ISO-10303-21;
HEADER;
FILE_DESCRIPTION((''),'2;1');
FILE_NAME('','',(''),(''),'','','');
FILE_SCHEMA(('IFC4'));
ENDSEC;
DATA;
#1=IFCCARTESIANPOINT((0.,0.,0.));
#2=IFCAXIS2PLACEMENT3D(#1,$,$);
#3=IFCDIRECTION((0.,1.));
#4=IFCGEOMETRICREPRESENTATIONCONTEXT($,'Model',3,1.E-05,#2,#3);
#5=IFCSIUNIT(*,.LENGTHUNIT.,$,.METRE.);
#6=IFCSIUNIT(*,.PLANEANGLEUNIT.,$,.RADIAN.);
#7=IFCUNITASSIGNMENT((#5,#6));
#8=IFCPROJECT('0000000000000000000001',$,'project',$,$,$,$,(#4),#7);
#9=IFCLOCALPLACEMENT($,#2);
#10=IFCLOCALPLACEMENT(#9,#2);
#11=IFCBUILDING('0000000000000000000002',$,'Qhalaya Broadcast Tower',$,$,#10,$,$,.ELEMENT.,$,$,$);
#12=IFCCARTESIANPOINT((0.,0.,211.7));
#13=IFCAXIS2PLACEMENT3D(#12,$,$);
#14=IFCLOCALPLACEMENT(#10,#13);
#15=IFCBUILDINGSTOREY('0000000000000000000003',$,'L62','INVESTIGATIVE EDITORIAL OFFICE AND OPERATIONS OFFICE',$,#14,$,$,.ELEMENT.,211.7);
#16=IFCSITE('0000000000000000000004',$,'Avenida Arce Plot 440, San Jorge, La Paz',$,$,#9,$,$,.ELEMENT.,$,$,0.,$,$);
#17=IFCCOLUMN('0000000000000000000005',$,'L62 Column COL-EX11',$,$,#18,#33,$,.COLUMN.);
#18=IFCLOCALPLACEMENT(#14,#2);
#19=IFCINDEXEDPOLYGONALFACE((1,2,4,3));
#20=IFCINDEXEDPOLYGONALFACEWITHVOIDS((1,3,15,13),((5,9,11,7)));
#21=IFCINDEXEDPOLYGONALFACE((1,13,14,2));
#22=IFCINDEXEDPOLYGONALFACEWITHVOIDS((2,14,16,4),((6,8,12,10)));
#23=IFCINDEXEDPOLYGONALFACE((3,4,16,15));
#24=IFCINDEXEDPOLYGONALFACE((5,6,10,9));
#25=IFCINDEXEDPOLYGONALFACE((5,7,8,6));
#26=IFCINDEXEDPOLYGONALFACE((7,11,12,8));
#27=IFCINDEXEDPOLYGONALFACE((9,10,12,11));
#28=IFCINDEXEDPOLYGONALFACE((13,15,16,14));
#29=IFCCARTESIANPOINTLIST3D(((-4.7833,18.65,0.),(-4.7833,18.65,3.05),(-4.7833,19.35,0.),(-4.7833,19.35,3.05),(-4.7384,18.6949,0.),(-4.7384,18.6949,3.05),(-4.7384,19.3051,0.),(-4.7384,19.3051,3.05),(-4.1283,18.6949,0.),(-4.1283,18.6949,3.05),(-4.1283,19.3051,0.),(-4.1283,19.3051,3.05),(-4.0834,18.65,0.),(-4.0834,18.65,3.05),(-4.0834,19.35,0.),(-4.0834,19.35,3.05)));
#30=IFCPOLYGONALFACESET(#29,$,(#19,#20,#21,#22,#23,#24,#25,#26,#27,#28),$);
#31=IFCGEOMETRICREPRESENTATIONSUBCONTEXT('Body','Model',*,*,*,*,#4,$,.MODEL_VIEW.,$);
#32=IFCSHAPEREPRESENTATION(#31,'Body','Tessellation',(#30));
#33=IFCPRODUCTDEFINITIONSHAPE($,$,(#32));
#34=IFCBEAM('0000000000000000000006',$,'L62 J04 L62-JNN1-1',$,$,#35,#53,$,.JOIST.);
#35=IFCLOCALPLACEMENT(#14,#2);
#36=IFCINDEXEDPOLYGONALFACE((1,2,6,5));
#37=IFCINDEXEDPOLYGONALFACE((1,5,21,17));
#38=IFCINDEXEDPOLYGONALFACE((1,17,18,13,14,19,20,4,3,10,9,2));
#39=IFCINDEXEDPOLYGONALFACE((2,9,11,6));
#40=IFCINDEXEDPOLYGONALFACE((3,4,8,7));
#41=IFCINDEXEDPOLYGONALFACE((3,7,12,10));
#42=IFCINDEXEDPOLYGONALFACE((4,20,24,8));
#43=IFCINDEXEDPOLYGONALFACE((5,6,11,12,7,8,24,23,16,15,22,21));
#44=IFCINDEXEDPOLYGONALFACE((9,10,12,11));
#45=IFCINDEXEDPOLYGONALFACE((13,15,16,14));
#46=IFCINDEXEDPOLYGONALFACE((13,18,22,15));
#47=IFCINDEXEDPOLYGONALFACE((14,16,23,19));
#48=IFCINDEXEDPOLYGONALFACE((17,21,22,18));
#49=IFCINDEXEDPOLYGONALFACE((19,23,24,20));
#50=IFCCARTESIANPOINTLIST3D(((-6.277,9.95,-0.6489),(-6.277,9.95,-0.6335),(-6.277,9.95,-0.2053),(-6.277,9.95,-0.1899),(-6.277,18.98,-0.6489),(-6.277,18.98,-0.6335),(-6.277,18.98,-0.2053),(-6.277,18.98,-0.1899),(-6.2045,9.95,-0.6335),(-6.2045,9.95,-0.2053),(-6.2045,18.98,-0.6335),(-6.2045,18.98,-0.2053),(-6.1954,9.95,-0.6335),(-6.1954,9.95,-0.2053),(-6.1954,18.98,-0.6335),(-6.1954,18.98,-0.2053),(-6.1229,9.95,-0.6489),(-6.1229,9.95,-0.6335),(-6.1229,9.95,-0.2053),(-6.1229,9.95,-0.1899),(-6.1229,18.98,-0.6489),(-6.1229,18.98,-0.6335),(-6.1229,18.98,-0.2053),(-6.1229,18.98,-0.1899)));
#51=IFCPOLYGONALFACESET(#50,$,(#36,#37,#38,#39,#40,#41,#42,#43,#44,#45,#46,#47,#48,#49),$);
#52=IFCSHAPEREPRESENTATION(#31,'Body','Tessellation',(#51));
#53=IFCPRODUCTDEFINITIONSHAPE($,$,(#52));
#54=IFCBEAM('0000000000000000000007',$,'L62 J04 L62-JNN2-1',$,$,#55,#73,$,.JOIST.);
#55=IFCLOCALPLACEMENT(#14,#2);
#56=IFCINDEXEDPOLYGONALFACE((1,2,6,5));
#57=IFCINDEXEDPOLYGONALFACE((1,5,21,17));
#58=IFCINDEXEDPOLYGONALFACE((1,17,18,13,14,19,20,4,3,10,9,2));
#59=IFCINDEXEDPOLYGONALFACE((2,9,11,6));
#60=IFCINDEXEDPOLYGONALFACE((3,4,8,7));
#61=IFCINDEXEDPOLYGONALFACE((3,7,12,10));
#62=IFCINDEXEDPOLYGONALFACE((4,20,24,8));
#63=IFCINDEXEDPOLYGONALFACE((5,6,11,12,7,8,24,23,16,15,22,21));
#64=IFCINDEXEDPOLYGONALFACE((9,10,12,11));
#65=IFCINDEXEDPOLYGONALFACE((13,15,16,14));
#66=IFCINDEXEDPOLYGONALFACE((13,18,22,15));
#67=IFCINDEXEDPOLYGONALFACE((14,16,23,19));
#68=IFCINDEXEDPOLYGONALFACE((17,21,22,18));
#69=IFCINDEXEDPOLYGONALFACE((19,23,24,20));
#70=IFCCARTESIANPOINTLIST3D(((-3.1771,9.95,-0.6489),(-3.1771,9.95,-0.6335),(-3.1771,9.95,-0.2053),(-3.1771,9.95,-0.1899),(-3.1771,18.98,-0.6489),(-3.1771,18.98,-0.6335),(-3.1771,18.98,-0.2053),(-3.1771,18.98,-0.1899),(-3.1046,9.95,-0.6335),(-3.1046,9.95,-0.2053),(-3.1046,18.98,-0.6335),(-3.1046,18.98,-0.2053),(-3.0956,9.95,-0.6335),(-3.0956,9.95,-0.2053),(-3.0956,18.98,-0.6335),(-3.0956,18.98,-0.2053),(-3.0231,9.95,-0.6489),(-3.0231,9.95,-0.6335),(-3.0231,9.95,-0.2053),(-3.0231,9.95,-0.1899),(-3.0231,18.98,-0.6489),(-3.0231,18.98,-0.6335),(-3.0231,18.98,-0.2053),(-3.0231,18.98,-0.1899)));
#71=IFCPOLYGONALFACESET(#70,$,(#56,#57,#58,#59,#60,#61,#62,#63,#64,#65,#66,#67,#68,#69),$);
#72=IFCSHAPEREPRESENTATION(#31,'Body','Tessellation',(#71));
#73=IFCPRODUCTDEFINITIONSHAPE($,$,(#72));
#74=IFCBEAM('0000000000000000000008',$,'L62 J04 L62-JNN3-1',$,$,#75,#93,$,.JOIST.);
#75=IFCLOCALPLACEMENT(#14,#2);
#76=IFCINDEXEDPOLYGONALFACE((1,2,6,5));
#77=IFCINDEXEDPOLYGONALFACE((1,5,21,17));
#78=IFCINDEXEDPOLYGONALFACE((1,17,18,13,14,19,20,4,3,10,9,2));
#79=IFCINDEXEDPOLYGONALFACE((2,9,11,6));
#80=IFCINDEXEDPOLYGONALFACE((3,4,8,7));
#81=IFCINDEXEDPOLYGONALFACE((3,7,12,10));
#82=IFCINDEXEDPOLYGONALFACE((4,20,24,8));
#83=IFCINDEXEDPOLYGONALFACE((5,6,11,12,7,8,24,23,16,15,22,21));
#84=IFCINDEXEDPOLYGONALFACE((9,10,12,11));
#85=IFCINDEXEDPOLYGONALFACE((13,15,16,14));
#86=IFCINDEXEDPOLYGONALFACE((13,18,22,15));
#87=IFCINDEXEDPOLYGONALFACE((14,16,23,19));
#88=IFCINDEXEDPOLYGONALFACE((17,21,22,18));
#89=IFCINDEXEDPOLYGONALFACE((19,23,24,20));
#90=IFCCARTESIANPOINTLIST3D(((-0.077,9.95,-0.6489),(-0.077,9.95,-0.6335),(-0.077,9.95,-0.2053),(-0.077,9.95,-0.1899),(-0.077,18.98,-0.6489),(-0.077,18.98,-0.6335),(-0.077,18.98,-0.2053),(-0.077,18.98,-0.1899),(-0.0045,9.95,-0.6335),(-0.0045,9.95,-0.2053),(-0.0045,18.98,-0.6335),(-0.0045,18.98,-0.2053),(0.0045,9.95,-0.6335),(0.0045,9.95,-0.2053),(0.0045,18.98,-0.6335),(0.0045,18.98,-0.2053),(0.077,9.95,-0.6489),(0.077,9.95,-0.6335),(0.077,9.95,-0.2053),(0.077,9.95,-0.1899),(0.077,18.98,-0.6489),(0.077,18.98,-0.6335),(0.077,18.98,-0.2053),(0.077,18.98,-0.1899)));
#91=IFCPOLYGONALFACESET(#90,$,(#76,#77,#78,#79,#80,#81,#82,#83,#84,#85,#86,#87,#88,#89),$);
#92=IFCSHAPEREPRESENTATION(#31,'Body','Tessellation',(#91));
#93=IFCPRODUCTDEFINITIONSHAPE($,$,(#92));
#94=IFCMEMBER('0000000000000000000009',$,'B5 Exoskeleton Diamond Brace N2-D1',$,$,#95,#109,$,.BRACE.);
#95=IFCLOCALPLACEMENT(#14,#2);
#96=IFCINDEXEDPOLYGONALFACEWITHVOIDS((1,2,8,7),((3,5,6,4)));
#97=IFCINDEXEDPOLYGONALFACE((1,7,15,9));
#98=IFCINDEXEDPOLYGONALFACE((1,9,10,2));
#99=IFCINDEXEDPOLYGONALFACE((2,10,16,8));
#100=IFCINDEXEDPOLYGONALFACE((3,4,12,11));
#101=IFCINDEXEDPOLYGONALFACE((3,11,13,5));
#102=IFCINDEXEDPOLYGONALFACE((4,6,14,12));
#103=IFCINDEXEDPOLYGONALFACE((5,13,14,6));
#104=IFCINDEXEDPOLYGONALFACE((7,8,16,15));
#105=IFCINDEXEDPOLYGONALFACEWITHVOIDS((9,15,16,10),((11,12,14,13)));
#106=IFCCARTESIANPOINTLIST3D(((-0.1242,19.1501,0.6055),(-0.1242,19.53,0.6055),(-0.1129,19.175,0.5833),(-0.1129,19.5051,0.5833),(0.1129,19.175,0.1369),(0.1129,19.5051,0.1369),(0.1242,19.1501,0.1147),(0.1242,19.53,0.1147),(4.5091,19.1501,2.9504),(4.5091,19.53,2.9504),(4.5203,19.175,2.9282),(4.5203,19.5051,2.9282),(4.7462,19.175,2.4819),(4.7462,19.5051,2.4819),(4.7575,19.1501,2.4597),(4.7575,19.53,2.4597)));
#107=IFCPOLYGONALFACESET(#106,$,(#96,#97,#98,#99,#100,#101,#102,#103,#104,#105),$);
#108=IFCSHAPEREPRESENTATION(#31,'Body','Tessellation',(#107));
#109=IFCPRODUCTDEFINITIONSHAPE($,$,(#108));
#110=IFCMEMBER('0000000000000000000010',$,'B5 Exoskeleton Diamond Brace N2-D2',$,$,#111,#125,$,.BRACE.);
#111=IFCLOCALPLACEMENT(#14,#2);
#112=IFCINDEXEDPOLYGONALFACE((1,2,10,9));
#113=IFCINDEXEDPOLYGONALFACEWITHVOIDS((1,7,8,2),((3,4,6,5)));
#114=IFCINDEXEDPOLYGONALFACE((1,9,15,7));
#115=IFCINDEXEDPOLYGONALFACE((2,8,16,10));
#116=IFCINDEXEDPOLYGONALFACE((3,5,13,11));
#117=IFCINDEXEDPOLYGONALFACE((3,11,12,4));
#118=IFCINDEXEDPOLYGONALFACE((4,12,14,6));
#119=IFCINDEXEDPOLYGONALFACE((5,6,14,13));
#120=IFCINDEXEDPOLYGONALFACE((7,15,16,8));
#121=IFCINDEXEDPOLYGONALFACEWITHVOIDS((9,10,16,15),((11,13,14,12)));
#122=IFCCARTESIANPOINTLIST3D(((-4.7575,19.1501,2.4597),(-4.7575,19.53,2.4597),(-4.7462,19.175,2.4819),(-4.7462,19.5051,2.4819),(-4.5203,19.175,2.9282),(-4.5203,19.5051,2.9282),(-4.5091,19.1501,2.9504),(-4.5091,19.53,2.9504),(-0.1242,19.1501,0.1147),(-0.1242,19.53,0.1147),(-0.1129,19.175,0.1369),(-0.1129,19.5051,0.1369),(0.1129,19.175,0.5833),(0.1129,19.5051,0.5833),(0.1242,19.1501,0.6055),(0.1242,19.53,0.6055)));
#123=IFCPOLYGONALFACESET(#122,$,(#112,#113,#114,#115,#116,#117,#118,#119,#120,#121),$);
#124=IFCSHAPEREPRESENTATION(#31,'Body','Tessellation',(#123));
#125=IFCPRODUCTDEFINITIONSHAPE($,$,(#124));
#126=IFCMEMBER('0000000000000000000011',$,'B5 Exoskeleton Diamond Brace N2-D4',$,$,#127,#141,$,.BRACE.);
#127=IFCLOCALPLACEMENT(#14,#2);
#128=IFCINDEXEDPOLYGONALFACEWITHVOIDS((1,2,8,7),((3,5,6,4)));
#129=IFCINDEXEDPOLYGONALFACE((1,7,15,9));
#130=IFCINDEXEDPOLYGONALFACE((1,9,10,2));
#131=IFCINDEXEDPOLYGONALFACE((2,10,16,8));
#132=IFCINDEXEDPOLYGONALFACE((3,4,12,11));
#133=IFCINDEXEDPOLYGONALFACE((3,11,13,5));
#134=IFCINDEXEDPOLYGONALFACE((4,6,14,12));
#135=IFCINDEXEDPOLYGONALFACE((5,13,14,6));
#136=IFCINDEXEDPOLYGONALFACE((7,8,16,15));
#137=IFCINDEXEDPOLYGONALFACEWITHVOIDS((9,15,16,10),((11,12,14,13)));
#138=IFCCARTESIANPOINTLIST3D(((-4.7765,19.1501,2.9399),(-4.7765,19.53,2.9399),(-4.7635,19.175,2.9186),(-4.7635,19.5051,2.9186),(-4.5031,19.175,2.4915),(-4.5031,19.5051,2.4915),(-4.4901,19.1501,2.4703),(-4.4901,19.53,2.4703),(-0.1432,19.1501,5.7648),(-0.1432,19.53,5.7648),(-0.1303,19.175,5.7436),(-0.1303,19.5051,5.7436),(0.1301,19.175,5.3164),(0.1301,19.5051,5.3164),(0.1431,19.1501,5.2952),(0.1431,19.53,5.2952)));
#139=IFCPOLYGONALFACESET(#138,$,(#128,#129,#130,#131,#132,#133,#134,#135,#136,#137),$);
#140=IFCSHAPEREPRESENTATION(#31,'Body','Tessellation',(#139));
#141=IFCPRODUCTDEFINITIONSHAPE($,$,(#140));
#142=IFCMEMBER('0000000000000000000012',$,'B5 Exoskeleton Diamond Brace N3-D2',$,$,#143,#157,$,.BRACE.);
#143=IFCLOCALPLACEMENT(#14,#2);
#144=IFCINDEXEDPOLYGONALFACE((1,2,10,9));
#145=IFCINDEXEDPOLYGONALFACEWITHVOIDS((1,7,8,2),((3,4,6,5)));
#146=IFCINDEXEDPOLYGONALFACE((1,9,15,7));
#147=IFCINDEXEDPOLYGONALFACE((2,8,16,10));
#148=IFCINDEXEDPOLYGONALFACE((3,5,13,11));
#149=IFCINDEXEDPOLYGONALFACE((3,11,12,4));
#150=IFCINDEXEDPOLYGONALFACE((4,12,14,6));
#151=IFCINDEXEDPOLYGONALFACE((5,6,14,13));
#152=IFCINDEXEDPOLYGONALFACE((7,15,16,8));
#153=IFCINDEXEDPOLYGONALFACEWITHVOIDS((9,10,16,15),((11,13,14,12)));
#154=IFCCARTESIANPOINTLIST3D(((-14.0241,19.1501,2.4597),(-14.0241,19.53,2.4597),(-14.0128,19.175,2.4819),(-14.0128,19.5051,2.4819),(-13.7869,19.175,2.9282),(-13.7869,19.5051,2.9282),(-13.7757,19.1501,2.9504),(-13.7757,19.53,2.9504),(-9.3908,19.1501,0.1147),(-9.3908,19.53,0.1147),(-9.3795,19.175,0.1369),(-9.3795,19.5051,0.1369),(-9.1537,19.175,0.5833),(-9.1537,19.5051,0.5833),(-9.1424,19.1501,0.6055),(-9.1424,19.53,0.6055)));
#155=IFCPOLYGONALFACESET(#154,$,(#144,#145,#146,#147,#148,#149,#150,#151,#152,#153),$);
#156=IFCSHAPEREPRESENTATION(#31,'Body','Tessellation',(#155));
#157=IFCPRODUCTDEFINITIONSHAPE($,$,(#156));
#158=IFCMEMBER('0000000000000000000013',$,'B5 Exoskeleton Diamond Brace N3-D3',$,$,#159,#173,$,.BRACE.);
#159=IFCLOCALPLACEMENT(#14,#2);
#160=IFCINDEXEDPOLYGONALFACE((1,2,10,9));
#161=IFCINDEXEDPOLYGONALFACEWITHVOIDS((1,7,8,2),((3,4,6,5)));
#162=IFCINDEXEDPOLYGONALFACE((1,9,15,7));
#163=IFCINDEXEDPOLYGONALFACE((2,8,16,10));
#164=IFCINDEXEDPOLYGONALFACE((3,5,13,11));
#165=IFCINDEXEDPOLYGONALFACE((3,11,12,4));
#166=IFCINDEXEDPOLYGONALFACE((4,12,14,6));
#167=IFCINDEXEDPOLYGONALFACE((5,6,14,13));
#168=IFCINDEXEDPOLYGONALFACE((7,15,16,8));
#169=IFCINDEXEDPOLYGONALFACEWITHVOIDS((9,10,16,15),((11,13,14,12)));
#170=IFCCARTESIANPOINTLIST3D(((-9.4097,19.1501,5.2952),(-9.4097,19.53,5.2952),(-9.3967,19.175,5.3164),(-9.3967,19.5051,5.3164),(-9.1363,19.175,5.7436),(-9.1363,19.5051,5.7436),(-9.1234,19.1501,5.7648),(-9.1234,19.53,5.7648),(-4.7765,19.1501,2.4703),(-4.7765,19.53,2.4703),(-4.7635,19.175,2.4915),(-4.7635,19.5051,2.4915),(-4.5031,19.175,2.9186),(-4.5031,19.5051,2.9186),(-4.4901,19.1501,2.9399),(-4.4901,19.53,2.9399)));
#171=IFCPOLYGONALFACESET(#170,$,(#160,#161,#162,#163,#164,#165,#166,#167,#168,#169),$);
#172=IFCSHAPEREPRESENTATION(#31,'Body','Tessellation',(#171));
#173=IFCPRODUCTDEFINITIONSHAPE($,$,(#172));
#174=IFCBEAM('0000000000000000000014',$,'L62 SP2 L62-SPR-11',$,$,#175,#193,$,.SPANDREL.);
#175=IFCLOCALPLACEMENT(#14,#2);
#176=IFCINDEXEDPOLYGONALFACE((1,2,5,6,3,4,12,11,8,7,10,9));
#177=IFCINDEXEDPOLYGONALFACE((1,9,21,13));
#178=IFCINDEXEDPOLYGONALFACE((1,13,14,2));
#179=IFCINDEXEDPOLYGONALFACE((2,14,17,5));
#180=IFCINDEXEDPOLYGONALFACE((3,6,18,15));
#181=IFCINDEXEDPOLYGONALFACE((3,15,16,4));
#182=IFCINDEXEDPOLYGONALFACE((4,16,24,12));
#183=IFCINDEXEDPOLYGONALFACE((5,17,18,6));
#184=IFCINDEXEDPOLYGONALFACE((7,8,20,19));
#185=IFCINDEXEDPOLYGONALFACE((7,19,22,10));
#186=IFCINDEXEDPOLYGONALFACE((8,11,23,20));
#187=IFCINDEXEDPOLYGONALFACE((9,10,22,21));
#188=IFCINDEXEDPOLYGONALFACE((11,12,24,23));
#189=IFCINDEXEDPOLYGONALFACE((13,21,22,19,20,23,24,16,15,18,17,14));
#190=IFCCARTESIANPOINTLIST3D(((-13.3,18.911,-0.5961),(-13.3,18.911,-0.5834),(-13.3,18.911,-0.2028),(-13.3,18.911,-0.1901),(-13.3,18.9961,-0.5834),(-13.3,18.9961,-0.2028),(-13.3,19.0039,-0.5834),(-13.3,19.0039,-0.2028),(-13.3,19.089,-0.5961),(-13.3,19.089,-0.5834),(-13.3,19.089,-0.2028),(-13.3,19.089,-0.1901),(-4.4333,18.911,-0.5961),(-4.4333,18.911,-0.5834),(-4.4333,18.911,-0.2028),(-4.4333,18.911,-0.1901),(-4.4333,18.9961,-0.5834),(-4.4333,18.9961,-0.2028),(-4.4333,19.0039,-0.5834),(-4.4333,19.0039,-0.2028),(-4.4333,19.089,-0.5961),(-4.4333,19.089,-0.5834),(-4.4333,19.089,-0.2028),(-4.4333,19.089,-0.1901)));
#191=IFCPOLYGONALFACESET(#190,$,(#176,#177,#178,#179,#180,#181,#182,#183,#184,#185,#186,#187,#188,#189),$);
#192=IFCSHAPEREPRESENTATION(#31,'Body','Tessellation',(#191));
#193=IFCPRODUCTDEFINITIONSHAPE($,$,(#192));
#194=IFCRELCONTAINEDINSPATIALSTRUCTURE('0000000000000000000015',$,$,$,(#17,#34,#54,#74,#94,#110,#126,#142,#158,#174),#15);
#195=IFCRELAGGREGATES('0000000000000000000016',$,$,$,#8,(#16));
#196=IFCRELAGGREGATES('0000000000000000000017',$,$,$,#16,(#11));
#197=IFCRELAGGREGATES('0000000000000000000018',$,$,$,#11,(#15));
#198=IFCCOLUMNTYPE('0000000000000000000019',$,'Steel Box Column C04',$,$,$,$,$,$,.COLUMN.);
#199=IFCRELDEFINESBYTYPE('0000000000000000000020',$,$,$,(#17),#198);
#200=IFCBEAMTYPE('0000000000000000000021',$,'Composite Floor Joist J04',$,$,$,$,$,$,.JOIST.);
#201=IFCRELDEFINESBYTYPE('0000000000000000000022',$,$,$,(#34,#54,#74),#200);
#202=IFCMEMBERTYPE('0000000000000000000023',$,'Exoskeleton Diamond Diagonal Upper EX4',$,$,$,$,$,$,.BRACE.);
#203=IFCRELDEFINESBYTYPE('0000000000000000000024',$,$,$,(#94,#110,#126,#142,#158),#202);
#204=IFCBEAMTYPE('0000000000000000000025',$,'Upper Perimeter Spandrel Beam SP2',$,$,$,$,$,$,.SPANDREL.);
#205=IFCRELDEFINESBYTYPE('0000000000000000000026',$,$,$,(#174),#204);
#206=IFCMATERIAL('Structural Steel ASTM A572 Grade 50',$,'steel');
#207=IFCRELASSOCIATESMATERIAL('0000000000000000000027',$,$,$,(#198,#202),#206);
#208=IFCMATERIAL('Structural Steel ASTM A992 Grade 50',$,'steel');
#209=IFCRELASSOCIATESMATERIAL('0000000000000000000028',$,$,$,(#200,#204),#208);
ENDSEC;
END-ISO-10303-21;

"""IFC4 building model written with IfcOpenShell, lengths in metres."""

from ifc_helpers import new_model, si_unit, direction, frame, origin, origin_2d, place, context, subcontext, project, spatial, hollow_rectangle, i_section, extrude, material, material_profile, profile_set, type_object, element, save


model = new_model("IFC4")

# Units and contexts
model_context = context("Model", 3, precision=1e-05, world=origin(), true_north=direction((0.0, 1.0)))
body_context = subcontext(model_context, "Body", "Model", "MODEL_VIEW")
ifc_project = project(units=[si_unit("LENGTHUNIT", "METRE"), si_unit("PLANEANGLEUNIT", "RADIAN")], contexts=[model_context])

# Site, building, storey
site_placement = place(None, origin())
site = spatial("IfcSite", under=ifc_project, at=site_placement, Name="Avenida Arce Plot 440, San Jorge, La Paz", CompositionType="ELEMENT", RefElevation=0.0)
building_placement = place(site_placement, origin())
building = spatial("IfcBuilding", under=site, at=building_placement, Name="Qhalaya Broadcast Tower", CompositionType="ELEMENT")
storey_placement = place(building_placement, frame((0.0, 0.0, 211.7)))
storey = spatial("IfcBuildingStorey", under=building, at=storey_placement, Name="L62", Description="INVESTIGATIVE EDITORIAL OFFICE AND OPERATIONS OFFICE", CompositionType="ELEMENT", Elevation=211.7)

# Column
ifc_material_1 = material(Name="Structural Steel ASTM A572 Grade 50", Category="steel")
ifc_material_profile_1 = material_profile(ifc_material_1, hollow_rectangle(XDim=0.7, YDim=0.7, WallThickness=0.0449, at=origin_2d()), Name="BOX 700x700x45")
ifc_profile_set_1 = profile_set([ifc_material_profile_1], Name="Structural Steel ASTM A572 Grade 50")
column_type = type_object("IfcColumnType", Name="Steel Box Column C04", PredefinedType="COLUMN", material=ifc_profile_set_1)
column_placement = place(storey_placement, frame((-4.4333, 19.0, 0.0), z_axis=(0.0, 0.0, 1.0), x_axis=(1.0, 0.0, 0.0)))
element("IfcColumn", 1, at=column_placement, inside=storey, type_object=column_type, Name="L62 Column COL-EX11", PredefinedType="COLUMN", context=body_context, shape_type="SweptSolid", body=[
    extrude(hollow_rectangle(XDim=0.7, YDim=0.7, WallThickness=0.0449, at=origin_2d()), origin(), (0.0, 0.0, 1.0), 3.05),
])

# Beams
ifc_material_2 = material(Name="Structural Steel ASTM A992 Grade 50", Category="steel")
ifc_material_profile_2 = material_profile(ifc_material_2, i_section(OverallWidth=0.1541, OverallDepth=0.459, WebThickness=0.009, FlangeThickness=0.0154, at=origin_2d()), Name="W18X46")
ifc_profile_set_2 = profile_set([ifc_material_profile_2], Name="Structural Steel ASTM A992 Grade 50")
beam_type_1 = type_object("IfcBeamType", Name="Composite Floor Joist J04", PredefinedType="JOIST", material=ifc_profile_set_2)
for number, where, z_axis, x_axis, name in (
    (2, (-6.2, 9.95, -0.4194), (0.0, 1.0, 0.0), (-1.0, 0.0, 0.0), "L62 J04 L62-JNN1-1"),
    (3, (-3.1001, 9.95, -0.4194), (0.0, 1.0, 0.0), (-1.0, 0.0, 0.0), "L62 J04 L62-JNN2-1"),
    (4, (0.0, 9.95, -0.4194), (0.0, 1.0, 0.0), (-1.0, 0.0, 0.0), "L62 J04 L62-JNN3-1"),
):
    element("IfcBeam", number, at=place(storey_placement, frame(where, z_axis=z_axis, x_axis=x_axis)), inside=storey, type_object=beam_type_1, Name=name, PredefinedType="JOIST", context=body_context, shape_type="SweptSolid", body=[
        extrude(i_section(OverallWidth=0.1541, OverallDepth=0.459, WebThickness=0.009, FlangeThickness=0.0154, at=origin_2d()), origin(), (0.0, 0.0, 1.0), 9.03),
    ])

# Members
ifc_material_profile_3 = material_profile(ifc_material_1, hollow_rectangle(XDim=0.3799, YDim=0.55, WallThickness=0.0249, at=origin_2d()), Name="BOX 380x550x25")
ifc_profile_set_3 = profile_set([ifc_material_profile_3], Name="Structural Steel ASTM A572 Grade 50")
member_type = type_object("IfcMemberType", Name="Exoskeleton Diamond Diagonal Upper EX4", PredefinedType="BRACE", material=ifc_profile_set_3)
for number, where, z_axis, x_axis, name in (
    (5, (0.0, 19.3401, 0.3601), (0.892235, 0.0, 0.451571), (0.0, 1.0, 0.0), "B5 Exoskeleton Diamond Brace N2-D1"),
    (6, (0.0, 19.3401, 0.3601), (-0.892235, 0.0, 0.451571), (0.0, -1.0, 0.0), "B5 Exoskeleton Diamond Brace N2-D2"),
):
    element("IfcMember", number, at=place(storey_placement, frame(where, z_axis=z_axis, x_axis=x_axis)), inside=storey, type_object=member_type, Name=name, PredefinedType="BRACE", context=body_context, shape_type="SweptSolid", body=[
        extrude(hollow_rectangle(XDim=0.3799, YDim=0.55, WallThickness=0.0249, at=origin_2d()), origin(), (0.0, 0.0, 1.0), 5.1929),
    ])
member_1_placement = place(storey_placement, frame((-4.6333, 19.3401, 2.7051), z_axis=(0.853815, 0.0, 0.520576), x_axis=(0.0, 1.0, 0.0)))
element("IfcMember", 7, at=member_1_placement, inside=storey, type_object=member_type, Name="B5 Exoskeleton Diamond Brace N2-D4", PredefinedType="BRACE", context=body_context, shape_type="SweptSolid", body=[
    extrude(hollow_rectangle(XDim=0.3799, YDim=0.55, WallThickness=0.0249, at=origin_2d()), origin(), (0.0, 0.0, 1.0), 5.4265),
])
member_2_placement = place(storey_placement, frame((-9.2666, 19.3401, 0.3601), z_axis=(-0.892235, 0.0, 0.451571), x_axis=(0.0, -1.0, 0.0)))
element("IfcMember", 8, at=member_2_placement, inside=storey, type_object=member_type, Name="B5 Exoskeleton Diamond Brace N3-D2", PredefinedType="BRACE", context=body_context, shape_type="SweptSolid", body=[
    extrude(hollow_rectangle(XDim=0.3799, YDim=0.55, WallThickness=0.0249, at=origin_2d()), origin(), (0.0, 0.0, 1.0), 5.1929),
])
member_3_placement = place(storey_placement, frame((-4.6333, 19.3401, 2.7051), z_axis=(-0.853815, 0.0, 0.520576), x_axis=(0.0, -1.0, 0.0)))
element("IfcMember", 9, at=member_3_placement, inside=storey, type_object=member_type, Name="B5 Exoskeleton Diamond Brace N3-D3", PredefinedType="BRACE", context=body_context, shape_type="SweptSolid", body=[
    extrude(hollow_rectangle(XDim=0.3799, YDim=0.55, WallThickness=0.0249, at=origin_2d()), origin(), (0.0, 0.0, 1.0), 5.4265),
])

# Beam
ifc_material_profile_4 = material_profile(ifc_material_2, i_section(OverallWidth=0.178, OverallDepth=0.406, WebThickness=0.0078, FlangeThickness=0.0127, at=origin_2d()), Name="W16X40")
ifc_profile_set_4 = profile_set([ifc_material_profile_4], Name="Structural Steel ASTM A992 Grade 50")
beam_type_2 = type_object("IfcBeamType", Name="Upper Perimeter Spandrel Beam SP2", PredefinedType="SPANDREL", material=ifc_profile_set_4)
beam_placement = place(storey_placement, frame((-4.4333, 19.0, -0.3931), z_axis=(-1.0, 0.0, 0.0), x_axis=(0.0, -1.0, 0.0)))
element("IfcBeam", 10, at=beam_placement, inside=storey, type_object=beam_type_2, Name="L62 SP2 L62-SPR-11", PredefinedType="SPANDREL", context=body_context, shape_type="SweptSolid", body=[
    extrude(i_section(OverallWidth=0.178, OverallDepth=0.406, WebThickness=0.0078, FlangeThickness=0.0127, at=origin_2d()), origin(), (0.0, 0.0, 1.0), 8.8667),
])

save(model, "model.ifc")
